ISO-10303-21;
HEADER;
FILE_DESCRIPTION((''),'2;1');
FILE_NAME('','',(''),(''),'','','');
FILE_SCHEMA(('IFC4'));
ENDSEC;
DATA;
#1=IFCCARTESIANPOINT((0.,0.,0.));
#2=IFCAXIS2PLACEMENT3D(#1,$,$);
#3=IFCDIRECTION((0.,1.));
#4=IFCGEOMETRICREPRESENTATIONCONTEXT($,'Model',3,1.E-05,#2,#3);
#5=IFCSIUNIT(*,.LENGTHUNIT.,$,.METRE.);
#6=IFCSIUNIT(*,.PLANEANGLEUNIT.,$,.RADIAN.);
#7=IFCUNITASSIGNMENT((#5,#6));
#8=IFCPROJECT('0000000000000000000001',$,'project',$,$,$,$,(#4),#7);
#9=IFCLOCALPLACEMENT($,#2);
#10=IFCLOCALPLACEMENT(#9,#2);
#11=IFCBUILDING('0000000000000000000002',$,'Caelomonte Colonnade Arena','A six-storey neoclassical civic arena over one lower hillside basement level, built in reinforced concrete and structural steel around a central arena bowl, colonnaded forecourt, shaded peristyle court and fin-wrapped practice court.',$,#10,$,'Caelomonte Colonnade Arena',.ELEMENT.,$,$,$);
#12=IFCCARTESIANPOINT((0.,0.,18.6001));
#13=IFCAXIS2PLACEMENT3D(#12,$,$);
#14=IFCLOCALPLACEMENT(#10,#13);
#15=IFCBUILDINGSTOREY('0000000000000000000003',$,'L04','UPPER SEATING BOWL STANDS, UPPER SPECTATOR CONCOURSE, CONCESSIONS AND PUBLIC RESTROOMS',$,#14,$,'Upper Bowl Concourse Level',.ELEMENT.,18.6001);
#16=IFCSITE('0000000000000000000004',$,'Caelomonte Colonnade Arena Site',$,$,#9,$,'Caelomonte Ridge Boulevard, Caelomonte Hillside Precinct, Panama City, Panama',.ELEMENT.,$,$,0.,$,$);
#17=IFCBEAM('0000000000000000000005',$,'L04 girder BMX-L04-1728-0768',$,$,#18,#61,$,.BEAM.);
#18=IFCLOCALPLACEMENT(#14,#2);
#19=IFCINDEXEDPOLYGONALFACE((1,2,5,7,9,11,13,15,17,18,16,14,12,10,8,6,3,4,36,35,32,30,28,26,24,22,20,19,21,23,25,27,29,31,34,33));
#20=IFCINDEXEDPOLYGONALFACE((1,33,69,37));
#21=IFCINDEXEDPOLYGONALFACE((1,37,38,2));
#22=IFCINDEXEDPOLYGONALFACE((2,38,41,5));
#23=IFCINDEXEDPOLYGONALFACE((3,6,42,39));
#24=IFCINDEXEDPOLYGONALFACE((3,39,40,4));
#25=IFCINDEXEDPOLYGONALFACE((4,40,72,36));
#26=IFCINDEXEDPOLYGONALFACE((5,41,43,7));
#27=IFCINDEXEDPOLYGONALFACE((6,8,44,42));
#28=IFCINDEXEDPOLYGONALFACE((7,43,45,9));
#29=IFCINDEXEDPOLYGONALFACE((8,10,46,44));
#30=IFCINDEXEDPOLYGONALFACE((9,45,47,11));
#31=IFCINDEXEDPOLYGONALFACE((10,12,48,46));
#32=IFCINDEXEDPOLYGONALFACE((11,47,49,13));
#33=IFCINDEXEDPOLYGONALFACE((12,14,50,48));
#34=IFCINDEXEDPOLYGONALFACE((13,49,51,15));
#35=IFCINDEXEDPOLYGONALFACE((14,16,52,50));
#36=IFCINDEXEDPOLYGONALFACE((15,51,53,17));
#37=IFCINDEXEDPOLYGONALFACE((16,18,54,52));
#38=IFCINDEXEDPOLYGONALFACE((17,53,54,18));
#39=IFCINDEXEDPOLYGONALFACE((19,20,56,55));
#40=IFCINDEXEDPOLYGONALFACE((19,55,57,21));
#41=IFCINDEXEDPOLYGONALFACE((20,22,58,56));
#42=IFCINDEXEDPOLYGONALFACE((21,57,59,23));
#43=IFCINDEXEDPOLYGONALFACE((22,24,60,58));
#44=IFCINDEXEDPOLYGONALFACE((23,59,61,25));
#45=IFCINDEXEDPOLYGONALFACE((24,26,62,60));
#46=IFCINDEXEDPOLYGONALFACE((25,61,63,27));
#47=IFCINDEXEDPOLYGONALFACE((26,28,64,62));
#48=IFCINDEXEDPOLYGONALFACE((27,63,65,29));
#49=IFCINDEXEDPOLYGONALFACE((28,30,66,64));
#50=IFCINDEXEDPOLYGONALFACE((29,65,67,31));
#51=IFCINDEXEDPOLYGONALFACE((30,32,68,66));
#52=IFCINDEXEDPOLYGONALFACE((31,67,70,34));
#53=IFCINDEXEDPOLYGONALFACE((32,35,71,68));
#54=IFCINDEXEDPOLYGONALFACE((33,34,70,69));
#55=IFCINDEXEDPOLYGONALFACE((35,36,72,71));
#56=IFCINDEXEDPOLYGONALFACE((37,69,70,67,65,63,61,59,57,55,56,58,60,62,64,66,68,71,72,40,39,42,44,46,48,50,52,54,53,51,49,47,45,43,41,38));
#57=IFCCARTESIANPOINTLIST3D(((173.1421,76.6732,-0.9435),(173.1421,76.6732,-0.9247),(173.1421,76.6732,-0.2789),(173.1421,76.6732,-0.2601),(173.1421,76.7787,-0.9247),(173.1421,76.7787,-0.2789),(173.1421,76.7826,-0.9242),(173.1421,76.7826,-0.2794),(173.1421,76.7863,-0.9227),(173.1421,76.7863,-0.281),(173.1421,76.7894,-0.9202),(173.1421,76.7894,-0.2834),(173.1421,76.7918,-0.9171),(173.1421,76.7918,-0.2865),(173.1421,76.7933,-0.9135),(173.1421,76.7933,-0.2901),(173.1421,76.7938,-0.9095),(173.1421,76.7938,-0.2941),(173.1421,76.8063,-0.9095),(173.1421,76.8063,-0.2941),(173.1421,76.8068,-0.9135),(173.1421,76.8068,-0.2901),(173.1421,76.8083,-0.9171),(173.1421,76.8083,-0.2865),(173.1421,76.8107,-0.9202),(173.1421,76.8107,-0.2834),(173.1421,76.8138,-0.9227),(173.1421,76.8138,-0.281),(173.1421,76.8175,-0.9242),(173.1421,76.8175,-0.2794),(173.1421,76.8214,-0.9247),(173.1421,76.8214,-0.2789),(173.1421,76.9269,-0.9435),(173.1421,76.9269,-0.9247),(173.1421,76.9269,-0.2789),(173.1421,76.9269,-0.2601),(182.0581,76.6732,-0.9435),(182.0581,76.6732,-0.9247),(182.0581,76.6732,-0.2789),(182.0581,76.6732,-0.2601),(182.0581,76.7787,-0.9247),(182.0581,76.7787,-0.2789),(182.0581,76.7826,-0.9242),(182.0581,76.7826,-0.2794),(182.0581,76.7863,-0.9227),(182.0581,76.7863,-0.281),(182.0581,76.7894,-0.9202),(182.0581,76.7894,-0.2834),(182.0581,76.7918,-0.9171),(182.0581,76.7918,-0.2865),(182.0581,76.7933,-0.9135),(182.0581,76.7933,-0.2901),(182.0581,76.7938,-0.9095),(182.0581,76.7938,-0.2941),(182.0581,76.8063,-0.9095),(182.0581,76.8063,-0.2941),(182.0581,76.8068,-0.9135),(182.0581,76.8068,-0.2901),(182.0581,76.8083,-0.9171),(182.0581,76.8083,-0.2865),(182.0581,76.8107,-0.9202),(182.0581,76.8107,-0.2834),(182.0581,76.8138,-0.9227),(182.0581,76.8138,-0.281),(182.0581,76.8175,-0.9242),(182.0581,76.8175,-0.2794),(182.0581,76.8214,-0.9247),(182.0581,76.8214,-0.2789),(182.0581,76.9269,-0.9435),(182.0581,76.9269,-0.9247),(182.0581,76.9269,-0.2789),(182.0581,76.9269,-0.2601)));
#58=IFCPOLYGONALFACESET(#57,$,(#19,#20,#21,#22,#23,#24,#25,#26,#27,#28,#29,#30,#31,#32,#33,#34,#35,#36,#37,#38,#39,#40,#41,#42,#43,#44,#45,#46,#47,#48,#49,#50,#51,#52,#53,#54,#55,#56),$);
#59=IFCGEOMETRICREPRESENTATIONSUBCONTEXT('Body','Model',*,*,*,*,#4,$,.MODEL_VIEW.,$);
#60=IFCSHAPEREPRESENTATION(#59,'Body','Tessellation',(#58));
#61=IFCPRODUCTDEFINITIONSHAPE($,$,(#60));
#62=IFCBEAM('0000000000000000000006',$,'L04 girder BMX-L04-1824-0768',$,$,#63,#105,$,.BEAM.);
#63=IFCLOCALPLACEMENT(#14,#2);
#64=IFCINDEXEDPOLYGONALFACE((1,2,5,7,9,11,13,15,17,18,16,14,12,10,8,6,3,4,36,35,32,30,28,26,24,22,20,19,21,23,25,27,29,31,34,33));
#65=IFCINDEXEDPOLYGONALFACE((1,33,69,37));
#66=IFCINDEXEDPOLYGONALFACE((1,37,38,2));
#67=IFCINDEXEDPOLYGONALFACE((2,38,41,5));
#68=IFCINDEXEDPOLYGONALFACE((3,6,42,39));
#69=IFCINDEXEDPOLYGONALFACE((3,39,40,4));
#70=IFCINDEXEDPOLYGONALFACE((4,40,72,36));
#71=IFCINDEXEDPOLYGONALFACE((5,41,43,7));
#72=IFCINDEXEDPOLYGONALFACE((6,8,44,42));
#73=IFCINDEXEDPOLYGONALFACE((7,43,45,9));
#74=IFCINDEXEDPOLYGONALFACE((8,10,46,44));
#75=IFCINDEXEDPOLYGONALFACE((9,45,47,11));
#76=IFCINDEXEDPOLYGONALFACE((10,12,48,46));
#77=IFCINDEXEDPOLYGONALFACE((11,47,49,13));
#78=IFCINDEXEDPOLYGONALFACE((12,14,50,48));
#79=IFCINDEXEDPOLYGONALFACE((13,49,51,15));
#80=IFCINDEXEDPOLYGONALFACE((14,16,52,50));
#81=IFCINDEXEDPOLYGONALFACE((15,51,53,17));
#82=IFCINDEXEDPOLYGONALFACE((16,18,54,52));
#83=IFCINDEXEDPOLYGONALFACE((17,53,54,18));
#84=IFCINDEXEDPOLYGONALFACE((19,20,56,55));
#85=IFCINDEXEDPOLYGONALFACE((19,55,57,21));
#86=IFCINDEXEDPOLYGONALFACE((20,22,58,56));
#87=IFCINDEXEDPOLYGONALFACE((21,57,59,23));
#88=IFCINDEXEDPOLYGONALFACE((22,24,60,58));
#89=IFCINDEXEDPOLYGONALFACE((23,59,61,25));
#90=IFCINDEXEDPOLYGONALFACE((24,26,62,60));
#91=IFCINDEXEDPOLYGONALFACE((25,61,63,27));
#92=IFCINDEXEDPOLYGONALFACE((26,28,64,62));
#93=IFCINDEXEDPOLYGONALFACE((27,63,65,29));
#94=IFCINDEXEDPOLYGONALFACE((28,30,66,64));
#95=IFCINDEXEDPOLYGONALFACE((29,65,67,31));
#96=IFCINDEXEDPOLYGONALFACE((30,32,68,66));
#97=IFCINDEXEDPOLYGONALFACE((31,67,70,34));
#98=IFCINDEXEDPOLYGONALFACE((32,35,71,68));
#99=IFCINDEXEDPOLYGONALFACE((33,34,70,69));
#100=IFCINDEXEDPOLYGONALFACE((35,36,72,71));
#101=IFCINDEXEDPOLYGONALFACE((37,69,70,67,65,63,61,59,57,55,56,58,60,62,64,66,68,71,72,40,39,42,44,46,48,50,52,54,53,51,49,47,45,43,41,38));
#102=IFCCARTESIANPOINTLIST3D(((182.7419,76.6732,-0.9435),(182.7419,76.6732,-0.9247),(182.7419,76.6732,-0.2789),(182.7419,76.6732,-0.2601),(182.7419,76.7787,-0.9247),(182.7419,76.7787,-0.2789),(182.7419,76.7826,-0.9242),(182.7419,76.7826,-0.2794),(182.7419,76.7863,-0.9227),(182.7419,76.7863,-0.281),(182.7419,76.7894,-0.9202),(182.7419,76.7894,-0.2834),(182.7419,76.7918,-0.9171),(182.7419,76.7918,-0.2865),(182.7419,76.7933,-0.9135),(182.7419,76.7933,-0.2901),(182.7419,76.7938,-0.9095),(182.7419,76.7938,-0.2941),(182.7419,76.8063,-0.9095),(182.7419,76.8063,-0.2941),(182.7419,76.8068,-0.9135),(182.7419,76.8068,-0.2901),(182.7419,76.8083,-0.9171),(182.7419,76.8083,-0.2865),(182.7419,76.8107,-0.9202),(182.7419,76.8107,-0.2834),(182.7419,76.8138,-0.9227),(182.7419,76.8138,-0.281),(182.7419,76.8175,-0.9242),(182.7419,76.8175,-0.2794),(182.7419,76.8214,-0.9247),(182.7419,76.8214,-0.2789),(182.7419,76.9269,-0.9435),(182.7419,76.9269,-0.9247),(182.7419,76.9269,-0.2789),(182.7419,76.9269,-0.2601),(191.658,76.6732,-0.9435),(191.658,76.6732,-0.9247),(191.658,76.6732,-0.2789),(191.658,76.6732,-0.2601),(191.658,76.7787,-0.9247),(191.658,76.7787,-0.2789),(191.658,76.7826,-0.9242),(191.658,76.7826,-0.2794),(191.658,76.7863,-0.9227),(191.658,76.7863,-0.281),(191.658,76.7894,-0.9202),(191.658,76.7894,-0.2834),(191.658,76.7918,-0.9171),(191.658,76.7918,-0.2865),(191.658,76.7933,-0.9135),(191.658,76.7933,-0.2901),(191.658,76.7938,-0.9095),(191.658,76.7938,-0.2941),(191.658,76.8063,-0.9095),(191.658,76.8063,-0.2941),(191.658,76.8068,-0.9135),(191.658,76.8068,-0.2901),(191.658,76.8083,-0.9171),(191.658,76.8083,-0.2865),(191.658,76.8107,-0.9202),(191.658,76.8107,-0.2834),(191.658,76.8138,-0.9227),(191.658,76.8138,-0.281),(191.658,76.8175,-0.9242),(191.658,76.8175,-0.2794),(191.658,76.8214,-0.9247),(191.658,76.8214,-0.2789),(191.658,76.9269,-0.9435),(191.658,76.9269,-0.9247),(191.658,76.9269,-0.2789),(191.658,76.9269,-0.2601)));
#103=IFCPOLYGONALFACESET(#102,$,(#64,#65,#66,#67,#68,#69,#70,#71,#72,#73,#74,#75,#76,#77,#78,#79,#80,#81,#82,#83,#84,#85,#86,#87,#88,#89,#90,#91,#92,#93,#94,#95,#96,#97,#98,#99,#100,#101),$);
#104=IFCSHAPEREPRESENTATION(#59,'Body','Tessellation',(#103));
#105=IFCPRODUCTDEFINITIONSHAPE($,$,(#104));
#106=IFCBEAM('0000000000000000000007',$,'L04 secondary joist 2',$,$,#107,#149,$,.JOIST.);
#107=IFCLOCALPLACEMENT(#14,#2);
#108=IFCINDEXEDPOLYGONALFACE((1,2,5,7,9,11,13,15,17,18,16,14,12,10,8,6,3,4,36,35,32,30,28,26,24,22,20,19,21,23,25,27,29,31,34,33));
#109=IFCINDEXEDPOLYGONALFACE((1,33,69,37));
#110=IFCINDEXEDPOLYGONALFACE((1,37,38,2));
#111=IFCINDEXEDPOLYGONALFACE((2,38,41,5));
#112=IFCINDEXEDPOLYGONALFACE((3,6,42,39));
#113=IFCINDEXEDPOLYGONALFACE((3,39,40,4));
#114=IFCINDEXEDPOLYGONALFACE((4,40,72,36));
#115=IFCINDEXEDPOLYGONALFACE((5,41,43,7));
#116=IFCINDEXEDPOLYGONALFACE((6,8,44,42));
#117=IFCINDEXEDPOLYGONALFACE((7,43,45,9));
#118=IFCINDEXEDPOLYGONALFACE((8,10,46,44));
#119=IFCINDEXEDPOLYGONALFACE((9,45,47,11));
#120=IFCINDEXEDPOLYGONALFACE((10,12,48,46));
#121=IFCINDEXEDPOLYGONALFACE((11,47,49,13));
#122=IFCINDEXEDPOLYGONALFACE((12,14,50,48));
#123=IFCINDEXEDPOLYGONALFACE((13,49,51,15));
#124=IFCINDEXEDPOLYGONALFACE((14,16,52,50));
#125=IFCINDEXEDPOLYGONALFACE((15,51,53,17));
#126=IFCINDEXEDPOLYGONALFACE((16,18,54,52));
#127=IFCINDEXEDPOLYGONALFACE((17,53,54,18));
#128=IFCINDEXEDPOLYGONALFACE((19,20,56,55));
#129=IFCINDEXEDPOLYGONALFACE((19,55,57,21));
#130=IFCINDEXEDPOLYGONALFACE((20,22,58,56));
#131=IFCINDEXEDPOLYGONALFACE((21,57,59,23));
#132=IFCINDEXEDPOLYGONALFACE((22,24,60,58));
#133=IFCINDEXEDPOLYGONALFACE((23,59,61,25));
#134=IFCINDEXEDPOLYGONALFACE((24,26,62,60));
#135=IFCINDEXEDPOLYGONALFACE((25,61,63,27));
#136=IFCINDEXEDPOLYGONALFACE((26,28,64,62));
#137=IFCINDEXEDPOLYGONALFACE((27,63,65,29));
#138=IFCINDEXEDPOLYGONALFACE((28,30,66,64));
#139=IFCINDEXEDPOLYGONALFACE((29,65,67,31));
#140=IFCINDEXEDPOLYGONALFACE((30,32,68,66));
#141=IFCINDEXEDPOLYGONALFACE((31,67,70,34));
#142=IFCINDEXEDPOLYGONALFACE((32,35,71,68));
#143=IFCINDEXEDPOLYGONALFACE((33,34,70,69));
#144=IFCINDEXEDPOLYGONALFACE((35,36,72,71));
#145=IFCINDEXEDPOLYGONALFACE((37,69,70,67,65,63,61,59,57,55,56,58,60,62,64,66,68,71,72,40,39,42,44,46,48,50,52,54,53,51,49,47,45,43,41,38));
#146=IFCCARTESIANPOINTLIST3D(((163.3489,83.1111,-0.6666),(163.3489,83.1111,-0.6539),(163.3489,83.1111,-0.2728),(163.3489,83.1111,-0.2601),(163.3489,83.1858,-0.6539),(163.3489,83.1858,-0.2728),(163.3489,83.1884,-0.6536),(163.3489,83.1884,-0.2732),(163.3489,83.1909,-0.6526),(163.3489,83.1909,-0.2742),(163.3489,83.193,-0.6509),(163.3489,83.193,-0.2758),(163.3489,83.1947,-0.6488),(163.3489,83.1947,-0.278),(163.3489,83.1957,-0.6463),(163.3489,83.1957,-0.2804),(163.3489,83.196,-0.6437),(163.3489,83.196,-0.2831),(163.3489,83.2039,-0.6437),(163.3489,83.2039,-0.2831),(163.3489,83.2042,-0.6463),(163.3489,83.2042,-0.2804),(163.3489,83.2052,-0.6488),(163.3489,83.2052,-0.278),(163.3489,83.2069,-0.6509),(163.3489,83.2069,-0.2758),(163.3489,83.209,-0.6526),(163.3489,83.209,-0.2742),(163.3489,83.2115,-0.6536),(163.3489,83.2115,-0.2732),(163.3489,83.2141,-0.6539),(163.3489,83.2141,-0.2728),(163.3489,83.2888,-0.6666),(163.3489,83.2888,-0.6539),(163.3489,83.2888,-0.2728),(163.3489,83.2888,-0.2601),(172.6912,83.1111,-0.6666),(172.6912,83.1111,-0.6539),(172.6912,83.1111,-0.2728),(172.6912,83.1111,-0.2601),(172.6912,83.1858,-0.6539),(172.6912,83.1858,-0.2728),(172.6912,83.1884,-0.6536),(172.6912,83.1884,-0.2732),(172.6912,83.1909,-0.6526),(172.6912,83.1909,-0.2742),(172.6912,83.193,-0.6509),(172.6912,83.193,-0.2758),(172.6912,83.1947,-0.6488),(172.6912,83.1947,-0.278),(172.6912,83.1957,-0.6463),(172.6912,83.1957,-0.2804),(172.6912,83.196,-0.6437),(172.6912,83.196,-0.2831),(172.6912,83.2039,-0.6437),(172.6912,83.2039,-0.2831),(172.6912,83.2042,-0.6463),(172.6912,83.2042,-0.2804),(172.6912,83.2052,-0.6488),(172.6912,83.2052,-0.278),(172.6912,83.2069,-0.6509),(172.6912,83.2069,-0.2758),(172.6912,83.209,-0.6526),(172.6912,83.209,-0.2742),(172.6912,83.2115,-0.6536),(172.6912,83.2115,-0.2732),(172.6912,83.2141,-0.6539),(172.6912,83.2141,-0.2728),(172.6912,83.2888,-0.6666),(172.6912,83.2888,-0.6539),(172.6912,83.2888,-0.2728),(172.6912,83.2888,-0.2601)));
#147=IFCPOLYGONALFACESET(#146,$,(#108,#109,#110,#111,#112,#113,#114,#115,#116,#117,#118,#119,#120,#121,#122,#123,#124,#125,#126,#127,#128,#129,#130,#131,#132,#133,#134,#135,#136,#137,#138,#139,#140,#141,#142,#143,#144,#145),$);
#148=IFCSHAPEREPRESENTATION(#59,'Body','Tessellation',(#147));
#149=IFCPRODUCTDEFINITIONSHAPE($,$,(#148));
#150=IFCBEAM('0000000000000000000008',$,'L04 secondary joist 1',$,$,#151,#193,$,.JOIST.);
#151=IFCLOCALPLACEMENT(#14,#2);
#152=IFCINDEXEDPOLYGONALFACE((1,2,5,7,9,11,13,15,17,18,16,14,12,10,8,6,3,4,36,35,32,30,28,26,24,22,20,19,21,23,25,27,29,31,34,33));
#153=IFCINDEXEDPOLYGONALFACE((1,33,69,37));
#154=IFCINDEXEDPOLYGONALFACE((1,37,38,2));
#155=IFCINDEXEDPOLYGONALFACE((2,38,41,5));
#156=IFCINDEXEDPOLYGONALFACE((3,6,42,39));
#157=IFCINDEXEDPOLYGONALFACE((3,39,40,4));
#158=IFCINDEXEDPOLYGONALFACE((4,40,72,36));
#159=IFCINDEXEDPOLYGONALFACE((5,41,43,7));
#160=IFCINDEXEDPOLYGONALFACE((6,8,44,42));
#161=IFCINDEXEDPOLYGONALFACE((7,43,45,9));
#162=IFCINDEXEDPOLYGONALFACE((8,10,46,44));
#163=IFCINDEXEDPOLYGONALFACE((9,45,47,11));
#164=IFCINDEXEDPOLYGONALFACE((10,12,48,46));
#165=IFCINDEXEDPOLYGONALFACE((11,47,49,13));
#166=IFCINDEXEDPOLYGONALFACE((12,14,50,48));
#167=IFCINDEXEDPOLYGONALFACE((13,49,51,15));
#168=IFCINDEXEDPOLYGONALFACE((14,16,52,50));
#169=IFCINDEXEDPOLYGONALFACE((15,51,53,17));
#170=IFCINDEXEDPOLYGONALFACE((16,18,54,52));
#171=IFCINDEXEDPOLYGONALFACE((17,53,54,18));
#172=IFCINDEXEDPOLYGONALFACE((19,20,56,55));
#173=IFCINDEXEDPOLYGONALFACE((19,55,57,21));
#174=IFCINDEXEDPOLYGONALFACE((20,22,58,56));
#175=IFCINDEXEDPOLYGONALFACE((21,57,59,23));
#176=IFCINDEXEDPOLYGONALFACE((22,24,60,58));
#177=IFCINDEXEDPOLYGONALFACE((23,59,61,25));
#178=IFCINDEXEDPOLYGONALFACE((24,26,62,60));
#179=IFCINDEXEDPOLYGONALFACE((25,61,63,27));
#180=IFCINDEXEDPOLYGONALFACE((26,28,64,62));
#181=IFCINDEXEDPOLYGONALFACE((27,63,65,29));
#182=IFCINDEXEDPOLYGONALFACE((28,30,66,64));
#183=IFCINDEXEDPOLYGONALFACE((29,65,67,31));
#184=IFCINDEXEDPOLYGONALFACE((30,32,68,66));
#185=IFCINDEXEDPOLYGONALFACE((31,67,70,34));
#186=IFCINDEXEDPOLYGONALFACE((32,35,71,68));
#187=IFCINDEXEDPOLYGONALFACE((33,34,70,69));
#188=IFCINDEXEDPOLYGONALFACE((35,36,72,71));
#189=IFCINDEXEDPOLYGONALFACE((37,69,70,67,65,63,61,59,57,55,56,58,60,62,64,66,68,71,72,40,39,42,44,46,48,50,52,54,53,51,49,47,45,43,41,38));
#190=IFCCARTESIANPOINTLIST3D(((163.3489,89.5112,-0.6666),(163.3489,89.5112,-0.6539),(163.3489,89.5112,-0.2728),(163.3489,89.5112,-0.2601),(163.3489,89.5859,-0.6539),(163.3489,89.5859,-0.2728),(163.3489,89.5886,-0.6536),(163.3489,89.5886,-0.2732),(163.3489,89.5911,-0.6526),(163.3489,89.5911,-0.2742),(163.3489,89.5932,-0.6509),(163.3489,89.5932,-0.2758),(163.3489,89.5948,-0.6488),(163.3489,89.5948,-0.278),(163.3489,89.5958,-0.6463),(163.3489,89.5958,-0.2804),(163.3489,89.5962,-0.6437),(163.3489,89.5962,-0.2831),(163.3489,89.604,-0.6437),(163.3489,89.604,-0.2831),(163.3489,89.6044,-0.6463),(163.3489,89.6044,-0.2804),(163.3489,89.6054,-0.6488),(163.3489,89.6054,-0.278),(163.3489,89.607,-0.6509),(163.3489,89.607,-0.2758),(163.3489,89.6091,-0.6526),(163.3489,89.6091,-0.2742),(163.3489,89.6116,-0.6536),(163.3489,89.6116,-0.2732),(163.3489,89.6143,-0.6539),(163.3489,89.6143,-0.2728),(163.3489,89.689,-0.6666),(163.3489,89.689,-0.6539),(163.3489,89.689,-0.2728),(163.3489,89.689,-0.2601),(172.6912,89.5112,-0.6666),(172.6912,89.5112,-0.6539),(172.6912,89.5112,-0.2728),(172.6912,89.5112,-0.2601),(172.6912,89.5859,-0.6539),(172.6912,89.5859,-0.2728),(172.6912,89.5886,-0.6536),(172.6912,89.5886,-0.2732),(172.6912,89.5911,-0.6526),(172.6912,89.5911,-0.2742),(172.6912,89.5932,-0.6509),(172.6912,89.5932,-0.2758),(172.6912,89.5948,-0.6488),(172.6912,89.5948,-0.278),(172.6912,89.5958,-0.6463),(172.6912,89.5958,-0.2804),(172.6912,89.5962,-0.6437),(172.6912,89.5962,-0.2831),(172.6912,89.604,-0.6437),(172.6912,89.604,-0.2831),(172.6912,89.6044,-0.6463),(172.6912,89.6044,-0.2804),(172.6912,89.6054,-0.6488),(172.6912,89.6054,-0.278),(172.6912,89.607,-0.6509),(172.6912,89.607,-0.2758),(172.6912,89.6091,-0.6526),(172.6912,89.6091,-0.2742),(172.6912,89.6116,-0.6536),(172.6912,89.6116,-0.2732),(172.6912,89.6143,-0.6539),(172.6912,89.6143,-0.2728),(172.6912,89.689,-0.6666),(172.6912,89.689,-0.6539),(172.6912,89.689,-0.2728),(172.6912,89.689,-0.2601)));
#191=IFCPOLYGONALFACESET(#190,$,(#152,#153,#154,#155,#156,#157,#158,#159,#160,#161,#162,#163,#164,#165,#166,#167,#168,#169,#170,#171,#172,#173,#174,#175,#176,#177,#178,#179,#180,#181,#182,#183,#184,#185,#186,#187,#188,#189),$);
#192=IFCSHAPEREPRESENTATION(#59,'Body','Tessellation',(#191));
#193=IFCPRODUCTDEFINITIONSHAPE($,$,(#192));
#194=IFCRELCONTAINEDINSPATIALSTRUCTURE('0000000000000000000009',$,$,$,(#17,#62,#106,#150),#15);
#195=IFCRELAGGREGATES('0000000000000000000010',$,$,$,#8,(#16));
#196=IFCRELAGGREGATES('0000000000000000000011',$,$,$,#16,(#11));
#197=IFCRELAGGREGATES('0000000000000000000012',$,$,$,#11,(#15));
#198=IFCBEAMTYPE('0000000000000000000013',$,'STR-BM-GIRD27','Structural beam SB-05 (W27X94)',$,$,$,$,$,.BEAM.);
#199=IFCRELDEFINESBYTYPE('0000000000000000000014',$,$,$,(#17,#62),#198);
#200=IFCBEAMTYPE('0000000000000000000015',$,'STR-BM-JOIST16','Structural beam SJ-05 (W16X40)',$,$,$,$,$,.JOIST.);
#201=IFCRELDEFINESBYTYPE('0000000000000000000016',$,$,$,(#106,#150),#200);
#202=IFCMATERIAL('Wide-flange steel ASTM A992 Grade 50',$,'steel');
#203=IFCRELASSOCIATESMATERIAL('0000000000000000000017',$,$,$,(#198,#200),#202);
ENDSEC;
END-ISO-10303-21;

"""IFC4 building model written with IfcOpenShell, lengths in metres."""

from ifc_helpers import new_model, si_unit, direction, frame, origin, origin_2d, place, context, subcontext, project, spatial, i_section, extrude, material, material_profile, profile_set, type_object, element, save


model = new_model("IFC4")

# Units and contexts
model_context = context("Model", 3, precision=1e-05, world=origin(), true_north=direction((0.0, 1.0)))
body_context = subcontext(model_context, "Body", "Model", "MODEL_VIEW")
ifc_project = project(units=[si_unit("LENGTHUNIT", "METRE"), si_unit("PLANEANGLEUNIT", "RADIAN")], contexts=[model_context])

# Site, building, storey
site_placement = place(None, origin())
site = spatial("IfcSite", under=ifc_project, at=site_placement, Name="Caelomonte Colonnade Arena Site", LongName="Caelomonte Ridge Boulevard, Caelomonte Hillside Precinct, Panama City, Panama", CompositionType="ELEMENT", RefElevation=0.0)
building_placement = place(site_placement, origin())
building = spatial("IfcBuilding", under=site, at=building_placement, Name="Caelomonte Colonnade Arena", Description="A six-storey neoclassical civic arena over one lower hillside basement level, built in reinforced concrete and structural steel around a central arena bowl, colonnaded forecourt, shaded peristyle court and fin-wrapped practice court.", LongName="Caelomonte Colonnade Arena", CompositionType="ELEMENT")
storey_placement = place(building_placement, frame((0.0, 0.0, 18.6001)))
storey = spatial("IfcBuildingStorey", under=building, at=storey_placement, Name="L04", Description="UPPER SEATING BOWL STANDS, UPPER SPECTATOR CONCOURSE, CONCESSIONS AND PUBLIC RESTROOMS", LongName="Upper Bowl Concourse Level", CompositionType="ELEMENT", Elevation=18.6001)

# Shared definitions
ifc_material_1 = material(Name="Wide-flange steel ASTM A992 Grade 50", Category="steel")

# Beams
ifc_material_profile_1 = material_profile(ifc_material_1, i_section(OverallWidth=0.2537, OverallDepth=0.6833, WebThickness=0.0125, FlangeThickness=0.0188, FilletRadius=0.0151, at=origin_2d()), Name="W27X94")
ifc_profile_set_1 = profile_set([ifc_material_profile_1], Name="Wide-flange steel ASTM A992 Grade 50")
beam_type_1 = type_object("IfcBeamType", Name="STR-BM-GIRD27", Description="Structural beam SB-05 (W27X94)", PredefinedType="BEAM", material=ifc_profile_set_1)
for number, where, z_axis, x_axis, name in (
    (1, (173.1421, 76.8, -0.6018), (1.0, 0.0, 0.0), (0.0, 1.0, 0.0), "L04 girder BMX-L04-1728-0768"),
    (2, (182.7419, 76.8, -0.6018), (1.0, 0.0, 0.0), (0.0, 1.0, 0.0), "L04 girder BMX-L04-1824-0768"),
):
    element("IfcBeam", number, at=place(storey_placement, frame(where, z_axis=z_axis, x_axis=x_axis)), inside=storey, type_object=beam_type_1, Name=name, PredefinedType="BEAM", context=body_context, shape_type="SweptSolid", body=[
        extrude(i_section(OverallWidth=0.2537, OverallDepth=0.6833, WebThickness=0.0125, FlangeThickness=0.0188, FilletRadius=0.0151, at=origin_2d()), origin(), (0.0, 0.0, 1.0), 8.916),
    ])
ifc_material_profile_2 = material_profile(ifc_material_1, i_section(OverallWidth=0.1777, OverallDepth=0.4065, WebThickness=0.0078, FlangeThickness=0.0127, FilletRadius=0.0103, at=origin_2d()), Name="W16X40")
ifc_profile_set_2 = profile_set([ifc_material_profile_2], Name="Wide-flange steel ASTM A992 Grade 50")
beam_type_2 = type_object("IfcBeamType", Name="STR-BM-JOIST16", Description="Structural beam SJ-05 (W16X40)", PredefinedType="JOIST", material=ifc_profile_set_2)
for number, where, z_axis, x_axis, name in (
    (3, (163.3489, 83.2, -0.4634), (1.0, 0.0, 0.0), (0.0, 1.0, 0.0), "L04 secondary joist 2"),
    (4, (163.3489, 89.6001, -0.4634), (1.0, 0.0, 0.0), (0.0, 1.0, 0.0), "L04 secondary joist 1"),
):
    element("IfcBeam", number, at=place(storey_placement, frame(where, z_axis=z_axis, x_axis=x_axis)), inside=storey, type_object=beam_type_2, Name=name, PredefinedType="JOIST", context=body_context, shape_type="SweptSolid", body=[
        extrude(i_section(OverallWidth=0.1777, OverallDepth=0.4065, WebThickness=0.0078, FlangeThickness=0.0127, FilletRadius=0.0103, at=origin_2d()), origin(), (0.0, 0.0, 1.0), 9.3423),
    ])

save(model, "model.ifc")
